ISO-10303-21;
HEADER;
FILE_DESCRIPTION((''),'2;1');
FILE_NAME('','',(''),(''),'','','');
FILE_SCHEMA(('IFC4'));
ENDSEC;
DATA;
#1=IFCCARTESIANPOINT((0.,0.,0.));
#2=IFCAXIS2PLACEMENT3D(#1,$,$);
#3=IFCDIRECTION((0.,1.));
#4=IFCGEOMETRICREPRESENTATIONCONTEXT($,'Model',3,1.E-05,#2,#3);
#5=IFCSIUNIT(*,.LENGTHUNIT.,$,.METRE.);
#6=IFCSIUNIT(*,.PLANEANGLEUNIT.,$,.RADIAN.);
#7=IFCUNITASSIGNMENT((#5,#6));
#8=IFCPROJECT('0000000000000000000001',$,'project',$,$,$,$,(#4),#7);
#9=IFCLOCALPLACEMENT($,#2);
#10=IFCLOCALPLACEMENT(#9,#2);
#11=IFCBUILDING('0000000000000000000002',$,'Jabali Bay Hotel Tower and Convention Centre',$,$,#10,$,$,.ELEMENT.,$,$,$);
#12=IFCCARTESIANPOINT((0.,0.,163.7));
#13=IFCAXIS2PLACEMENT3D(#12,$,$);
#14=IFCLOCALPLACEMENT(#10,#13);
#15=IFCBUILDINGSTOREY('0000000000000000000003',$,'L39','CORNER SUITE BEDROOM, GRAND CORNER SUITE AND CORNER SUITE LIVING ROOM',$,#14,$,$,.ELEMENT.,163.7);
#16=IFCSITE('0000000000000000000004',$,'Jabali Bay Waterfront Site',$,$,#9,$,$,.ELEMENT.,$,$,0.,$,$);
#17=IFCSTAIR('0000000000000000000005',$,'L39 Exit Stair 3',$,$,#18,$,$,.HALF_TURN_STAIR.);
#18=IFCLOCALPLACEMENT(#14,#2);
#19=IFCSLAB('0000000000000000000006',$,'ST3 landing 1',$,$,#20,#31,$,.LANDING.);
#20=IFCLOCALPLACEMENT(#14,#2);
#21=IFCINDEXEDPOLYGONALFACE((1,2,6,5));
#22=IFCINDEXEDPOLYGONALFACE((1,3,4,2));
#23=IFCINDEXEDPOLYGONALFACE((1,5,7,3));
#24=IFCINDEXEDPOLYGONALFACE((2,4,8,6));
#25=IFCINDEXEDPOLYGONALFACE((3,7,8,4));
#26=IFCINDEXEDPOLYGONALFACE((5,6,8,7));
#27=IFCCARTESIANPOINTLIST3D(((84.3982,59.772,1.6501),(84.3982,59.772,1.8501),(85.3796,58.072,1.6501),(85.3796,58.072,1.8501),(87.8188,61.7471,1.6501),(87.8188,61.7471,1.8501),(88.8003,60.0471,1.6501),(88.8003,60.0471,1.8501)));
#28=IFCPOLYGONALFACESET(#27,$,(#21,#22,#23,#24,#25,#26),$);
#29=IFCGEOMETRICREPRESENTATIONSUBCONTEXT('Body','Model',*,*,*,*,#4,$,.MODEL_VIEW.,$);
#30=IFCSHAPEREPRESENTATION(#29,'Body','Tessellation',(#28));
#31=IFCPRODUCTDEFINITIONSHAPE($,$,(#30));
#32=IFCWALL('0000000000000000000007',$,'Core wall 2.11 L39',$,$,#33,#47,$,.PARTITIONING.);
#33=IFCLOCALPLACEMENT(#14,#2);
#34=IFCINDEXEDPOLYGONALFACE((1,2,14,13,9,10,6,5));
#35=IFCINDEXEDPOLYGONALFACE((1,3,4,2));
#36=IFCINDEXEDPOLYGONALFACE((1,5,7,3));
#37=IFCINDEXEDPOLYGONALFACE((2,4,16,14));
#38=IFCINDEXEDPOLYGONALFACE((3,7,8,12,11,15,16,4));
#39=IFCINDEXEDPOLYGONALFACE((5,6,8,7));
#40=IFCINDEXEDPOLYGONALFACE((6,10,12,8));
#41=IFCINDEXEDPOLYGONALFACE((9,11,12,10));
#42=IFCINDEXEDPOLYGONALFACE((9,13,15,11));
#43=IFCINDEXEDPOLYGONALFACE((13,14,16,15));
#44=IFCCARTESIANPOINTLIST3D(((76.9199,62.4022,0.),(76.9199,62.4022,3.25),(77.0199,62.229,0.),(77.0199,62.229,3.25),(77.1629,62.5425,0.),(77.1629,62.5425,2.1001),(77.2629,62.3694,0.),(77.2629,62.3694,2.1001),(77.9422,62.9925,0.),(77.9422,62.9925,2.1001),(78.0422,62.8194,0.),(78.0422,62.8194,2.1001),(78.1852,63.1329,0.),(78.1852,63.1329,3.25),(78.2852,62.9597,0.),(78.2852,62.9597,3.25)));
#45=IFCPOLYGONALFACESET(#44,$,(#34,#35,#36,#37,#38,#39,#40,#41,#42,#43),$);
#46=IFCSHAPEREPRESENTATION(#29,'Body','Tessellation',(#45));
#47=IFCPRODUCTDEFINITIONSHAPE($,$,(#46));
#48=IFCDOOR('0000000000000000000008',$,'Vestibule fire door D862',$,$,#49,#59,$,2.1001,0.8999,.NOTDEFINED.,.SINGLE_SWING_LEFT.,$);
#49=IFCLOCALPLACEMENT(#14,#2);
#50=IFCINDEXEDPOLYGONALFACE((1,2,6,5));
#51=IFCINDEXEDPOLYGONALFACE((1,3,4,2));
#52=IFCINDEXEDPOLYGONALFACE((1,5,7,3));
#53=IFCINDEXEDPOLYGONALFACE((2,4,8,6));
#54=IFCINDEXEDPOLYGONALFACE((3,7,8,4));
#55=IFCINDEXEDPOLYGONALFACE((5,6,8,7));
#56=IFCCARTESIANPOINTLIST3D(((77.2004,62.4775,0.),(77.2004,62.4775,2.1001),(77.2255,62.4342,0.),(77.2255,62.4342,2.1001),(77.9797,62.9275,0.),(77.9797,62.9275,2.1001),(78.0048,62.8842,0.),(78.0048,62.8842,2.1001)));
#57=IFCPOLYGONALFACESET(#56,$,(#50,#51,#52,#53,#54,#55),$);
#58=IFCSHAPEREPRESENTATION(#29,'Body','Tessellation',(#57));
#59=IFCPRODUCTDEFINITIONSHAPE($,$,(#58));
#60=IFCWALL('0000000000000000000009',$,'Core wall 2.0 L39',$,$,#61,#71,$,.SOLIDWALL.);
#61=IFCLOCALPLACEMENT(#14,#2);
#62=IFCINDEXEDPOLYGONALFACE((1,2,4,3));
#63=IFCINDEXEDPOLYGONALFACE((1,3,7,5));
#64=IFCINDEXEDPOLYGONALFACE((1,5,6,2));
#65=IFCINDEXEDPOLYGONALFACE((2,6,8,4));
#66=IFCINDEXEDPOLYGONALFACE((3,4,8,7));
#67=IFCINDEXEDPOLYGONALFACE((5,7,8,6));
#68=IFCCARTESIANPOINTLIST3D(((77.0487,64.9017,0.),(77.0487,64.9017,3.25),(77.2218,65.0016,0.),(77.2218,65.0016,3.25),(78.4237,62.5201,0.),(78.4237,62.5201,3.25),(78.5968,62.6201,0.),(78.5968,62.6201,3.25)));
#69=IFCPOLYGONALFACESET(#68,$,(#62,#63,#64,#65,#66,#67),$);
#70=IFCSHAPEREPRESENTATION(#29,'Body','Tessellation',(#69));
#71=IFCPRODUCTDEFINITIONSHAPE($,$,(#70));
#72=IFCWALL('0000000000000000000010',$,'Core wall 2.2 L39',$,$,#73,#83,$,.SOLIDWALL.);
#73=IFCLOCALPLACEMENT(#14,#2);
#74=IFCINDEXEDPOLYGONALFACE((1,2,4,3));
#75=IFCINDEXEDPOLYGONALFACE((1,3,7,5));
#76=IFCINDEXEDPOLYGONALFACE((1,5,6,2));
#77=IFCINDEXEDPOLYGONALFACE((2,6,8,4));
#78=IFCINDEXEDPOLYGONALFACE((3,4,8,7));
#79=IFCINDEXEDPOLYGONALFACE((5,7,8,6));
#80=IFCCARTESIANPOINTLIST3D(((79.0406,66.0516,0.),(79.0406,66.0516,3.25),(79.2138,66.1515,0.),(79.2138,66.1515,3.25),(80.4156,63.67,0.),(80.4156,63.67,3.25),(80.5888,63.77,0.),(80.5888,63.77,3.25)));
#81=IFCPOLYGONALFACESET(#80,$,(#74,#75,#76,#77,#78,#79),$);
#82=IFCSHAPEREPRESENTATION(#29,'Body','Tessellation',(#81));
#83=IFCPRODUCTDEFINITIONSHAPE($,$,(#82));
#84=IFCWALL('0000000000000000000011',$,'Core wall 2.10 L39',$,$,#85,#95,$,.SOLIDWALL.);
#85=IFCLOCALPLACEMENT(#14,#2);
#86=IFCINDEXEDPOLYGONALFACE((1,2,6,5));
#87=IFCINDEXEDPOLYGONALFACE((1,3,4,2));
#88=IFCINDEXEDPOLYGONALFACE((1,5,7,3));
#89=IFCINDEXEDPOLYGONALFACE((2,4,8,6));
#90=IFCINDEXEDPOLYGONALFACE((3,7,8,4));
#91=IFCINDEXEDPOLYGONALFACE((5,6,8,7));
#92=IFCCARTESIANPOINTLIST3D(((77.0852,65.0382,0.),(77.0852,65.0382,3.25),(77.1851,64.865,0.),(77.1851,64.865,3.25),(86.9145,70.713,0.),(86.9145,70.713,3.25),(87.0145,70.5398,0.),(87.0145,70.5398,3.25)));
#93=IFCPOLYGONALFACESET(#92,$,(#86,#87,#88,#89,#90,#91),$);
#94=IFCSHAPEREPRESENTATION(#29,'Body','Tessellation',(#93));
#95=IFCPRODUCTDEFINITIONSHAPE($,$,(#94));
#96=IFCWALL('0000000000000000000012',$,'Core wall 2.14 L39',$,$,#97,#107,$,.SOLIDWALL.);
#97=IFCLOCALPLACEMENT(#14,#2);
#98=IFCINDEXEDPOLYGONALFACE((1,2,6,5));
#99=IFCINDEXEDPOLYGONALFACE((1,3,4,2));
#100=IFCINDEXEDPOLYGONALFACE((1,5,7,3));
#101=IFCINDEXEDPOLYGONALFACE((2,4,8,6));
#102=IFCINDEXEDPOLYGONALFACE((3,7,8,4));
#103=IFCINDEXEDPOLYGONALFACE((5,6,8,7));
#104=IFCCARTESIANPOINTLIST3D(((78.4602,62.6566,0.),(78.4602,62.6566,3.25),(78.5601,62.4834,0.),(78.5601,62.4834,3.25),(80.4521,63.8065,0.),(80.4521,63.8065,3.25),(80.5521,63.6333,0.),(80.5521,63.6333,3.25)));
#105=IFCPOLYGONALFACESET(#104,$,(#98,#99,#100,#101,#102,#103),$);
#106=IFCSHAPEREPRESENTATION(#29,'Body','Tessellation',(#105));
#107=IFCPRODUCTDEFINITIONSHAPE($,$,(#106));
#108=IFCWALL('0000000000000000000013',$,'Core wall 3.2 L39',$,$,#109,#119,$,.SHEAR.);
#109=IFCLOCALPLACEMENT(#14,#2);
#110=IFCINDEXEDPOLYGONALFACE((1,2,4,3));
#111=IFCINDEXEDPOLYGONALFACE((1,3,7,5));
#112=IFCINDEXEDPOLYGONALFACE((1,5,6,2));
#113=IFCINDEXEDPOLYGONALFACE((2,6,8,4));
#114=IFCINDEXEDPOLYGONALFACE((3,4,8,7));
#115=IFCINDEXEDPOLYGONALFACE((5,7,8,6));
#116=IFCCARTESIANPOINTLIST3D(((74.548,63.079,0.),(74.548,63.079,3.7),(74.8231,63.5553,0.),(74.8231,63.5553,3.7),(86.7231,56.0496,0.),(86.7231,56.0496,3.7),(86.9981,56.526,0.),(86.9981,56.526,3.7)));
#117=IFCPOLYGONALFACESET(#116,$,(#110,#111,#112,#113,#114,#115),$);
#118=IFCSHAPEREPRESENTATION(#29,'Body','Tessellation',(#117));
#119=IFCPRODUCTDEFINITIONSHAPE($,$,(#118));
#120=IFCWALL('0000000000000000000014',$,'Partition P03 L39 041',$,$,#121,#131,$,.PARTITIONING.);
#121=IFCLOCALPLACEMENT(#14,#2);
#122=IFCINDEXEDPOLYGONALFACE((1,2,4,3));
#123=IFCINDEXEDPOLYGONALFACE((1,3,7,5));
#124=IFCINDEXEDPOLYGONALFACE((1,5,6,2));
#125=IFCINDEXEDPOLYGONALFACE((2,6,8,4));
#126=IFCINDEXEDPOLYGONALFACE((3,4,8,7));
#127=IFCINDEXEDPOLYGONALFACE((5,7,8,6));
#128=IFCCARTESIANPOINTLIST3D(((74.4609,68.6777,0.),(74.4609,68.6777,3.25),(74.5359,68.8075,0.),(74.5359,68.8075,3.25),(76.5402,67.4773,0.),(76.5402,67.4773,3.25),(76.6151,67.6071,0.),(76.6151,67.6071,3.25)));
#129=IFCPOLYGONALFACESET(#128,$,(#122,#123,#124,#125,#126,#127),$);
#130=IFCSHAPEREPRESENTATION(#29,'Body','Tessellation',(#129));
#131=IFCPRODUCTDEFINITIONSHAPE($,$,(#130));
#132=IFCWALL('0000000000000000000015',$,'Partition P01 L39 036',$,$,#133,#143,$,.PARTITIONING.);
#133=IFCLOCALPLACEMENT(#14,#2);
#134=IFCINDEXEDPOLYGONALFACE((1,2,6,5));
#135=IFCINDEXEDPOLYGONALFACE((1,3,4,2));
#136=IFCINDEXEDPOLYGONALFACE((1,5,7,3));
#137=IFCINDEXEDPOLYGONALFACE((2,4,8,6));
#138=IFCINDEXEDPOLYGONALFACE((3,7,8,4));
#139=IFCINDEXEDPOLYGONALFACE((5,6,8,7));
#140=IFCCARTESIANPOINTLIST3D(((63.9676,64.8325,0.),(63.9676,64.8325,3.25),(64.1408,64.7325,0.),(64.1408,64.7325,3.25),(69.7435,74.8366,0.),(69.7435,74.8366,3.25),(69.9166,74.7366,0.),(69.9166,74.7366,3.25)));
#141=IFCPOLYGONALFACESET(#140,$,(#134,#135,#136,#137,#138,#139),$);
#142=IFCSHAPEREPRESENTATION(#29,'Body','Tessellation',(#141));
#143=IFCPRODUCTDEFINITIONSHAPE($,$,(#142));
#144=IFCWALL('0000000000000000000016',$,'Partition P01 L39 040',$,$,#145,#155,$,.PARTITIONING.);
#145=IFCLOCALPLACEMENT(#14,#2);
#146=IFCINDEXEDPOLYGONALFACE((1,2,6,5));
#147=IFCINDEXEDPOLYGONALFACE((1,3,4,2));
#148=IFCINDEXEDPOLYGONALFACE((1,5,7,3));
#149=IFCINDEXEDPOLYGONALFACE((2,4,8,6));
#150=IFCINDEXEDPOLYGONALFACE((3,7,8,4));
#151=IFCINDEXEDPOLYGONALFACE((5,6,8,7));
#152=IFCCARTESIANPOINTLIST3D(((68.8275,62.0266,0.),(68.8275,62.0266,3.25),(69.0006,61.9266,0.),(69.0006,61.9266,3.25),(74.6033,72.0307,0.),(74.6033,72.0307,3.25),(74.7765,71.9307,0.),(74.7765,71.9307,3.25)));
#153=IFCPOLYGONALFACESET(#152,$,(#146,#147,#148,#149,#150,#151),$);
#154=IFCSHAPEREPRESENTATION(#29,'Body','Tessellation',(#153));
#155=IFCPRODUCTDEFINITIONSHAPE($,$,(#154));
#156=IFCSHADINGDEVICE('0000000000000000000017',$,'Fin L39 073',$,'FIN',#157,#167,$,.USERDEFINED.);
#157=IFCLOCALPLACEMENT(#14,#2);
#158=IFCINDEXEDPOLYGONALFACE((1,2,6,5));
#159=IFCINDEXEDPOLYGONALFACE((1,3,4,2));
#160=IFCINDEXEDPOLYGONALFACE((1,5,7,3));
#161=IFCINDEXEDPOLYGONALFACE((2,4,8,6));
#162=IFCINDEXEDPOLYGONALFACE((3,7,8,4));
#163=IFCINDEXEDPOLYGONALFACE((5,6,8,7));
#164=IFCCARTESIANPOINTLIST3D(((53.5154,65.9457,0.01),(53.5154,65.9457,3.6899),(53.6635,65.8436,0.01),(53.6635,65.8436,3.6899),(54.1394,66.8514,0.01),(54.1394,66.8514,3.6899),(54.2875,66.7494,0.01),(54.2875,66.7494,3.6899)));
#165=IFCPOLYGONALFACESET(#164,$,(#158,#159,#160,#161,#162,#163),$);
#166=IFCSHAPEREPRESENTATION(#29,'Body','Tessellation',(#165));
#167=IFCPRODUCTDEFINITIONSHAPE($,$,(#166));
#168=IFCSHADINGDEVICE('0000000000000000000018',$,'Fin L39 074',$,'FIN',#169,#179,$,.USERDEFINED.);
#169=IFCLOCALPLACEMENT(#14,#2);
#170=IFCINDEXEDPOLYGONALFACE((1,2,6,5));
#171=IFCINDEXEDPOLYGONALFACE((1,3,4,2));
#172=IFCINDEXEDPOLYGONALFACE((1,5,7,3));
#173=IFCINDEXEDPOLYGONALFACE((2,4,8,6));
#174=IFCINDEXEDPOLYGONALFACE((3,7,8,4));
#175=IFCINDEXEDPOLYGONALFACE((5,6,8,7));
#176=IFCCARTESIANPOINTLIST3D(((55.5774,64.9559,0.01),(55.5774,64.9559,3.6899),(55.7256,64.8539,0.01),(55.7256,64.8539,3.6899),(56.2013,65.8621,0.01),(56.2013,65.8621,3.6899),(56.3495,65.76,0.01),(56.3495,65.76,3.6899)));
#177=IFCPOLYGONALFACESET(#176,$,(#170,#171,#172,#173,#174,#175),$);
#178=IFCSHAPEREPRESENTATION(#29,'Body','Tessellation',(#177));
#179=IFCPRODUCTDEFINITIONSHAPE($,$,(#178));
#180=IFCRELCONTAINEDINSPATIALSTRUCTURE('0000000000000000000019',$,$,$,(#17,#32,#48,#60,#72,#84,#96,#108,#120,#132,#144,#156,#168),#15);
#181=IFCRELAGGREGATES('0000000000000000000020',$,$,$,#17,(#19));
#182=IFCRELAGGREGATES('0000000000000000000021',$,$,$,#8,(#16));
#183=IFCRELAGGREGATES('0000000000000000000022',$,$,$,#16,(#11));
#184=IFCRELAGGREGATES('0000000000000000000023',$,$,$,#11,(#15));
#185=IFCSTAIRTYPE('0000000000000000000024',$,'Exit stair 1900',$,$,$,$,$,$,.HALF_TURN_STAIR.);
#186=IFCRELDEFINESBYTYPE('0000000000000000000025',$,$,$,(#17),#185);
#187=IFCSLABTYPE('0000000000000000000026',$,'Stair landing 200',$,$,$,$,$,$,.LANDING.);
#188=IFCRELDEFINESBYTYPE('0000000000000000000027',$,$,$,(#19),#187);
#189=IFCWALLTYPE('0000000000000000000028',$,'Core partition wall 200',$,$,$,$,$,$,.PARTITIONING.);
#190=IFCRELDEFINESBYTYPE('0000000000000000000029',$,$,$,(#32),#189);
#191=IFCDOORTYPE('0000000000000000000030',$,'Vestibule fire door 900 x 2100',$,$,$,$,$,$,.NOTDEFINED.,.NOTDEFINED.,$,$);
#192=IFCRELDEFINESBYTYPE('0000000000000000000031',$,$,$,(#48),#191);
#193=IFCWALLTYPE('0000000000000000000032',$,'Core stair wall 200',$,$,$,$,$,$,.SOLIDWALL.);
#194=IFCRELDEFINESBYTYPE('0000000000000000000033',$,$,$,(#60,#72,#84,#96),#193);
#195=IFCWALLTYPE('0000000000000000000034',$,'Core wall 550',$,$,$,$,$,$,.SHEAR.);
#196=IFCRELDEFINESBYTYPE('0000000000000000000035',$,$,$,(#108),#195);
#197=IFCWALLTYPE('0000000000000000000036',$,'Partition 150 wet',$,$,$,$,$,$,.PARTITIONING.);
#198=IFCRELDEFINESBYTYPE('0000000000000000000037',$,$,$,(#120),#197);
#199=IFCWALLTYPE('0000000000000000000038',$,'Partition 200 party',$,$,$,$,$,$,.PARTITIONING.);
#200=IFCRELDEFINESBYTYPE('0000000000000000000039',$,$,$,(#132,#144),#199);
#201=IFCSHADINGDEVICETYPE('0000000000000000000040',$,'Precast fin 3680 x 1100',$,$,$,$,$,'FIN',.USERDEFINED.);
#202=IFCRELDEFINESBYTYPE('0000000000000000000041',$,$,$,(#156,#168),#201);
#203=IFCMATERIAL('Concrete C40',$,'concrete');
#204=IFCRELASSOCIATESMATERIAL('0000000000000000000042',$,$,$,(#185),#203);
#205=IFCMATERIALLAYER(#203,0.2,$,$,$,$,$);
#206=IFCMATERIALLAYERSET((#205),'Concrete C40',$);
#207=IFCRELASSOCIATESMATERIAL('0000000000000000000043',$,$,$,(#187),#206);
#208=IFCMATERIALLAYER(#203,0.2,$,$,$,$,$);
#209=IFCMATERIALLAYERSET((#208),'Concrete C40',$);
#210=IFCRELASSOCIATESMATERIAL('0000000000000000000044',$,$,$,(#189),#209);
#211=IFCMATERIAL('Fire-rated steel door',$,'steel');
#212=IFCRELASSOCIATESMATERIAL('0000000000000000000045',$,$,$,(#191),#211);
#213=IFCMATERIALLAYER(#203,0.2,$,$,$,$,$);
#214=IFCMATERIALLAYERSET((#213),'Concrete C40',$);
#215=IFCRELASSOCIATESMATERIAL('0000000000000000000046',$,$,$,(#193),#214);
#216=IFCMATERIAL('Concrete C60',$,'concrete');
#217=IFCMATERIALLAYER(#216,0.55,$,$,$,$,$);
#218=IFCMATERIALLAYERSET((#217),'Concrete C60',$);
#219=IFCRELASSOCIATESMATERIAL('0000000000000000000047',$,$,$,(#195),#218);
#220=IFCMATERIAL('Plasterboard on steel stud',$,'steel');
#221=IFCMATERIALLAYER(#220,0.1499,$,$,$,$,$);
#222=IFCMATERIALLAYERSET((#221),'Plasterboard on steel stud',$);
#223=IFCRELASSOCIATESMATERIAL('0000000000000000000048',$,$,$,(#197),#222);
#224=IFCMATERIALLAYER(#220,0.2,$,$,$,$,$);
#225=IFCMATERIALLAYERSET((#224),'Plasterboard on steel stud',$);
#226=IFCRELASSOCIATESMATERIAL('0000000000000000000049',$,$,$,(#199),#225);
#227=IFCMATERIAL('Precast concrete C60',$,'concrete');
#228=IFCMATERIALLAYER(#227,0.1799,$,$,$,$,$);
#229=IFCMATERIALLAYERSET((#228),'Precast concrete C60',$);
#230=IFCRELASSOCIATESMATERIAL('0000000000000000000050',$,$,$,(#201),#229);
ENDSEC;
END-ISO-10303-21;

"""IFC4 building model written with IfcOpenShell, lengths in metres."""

from ifc_helpers import new_model, si_unit, direction, frame, frame_2d, origin, place, context, subcontext, project, spatial, polyline, rectangle, outline, extrude, material, layer, layer_set, type_object, element, fill, aggregate, save


model = new_model("IFC4")

# Units and contexts
model_context = context("Model", 3, precision=1e-05, world=origin(), true_north=direction((0.0, 1.0)))
body_context = subcontext(model_context, "Body", "Model", "MODEL_VIEW")
ifc_project = project(units=[si_unit("LENGTHUNIT", "METRE"), si_unit("PLANEANGLEUNIT", "RADIAN")], contexts=[model_context])

# Site, building, storey
site_placement = place(None, origin())
site = spatial("IfcSite", under=ifc_project, at=site_placement, Name="Jabali Bay Waterfront Site", CompositionType="ELEMENT", RefElevation=0.0)
building_placement = place(site_placement, origin())
building = spatial("IfcBuilding", under=site, at=building_placement, Name="Jabali Bay Hotel Tower and Convention Centre", CompositionType="ELEMENT")
storey_placement = place(building_placement, frame((0.0, 0.0, 163.7)))
storey = spatial("IfcBuildingStorey", under=building, at=storey_placement, Name="L39", Description="CORNER SUITE BEDROOM, GRAND CORNER SUITE AND CORNER SUITE LIVING ROOM", CompositionType="ELEMENT", Elevation=163.7)

# Shared definitions
ifc_material_1 = material(Name="Concrete C60", Category="concrete")

# Shared definitions
ifc_material_2 = material(Name="Concrete C40", Category="concrete")

# Stair, slab
stair_type = type_object("IfcStairType", Name="Exit stair 1900", PredefinedType="HALF_TURN_STAIR", material=ifc_material_2)
ifc_layer_1 = layer(ifc_material_2, 0.2)
ifc_layer_set_1 = layer_set([ifc_layer_1], Name="Concrete C40")
slab_type_1 = type_object("IfcSlabType", Name="Stair landing 200", PredefinedType="LANDING", material=ifc_layer_set_1)
stair_1_placement = place(storey_placement, origin())
stair_1 = element("IfcStair", 1, at=stair_1_placement, inside=storey, type_object=stair_type, Name="L39 Exit Stair 3", PredefinedType="HALF_TURN_STAIR")
slab_1_placement = place(storey_placement, frame((0.0, 0.0, 1.6501)))
slab_1 = element("IfcSlab", 2, at=slab_1_placement, type_object=slab_type_1, Name="ST3 landing 1", PredefinedType="LANDING", context=body_context, shape_type="SweptSolid", body=[
    extrude(outline(polyline([(84.3982, 59.772), (85.3796, 58.072), (88.8003, 60.0471), (87.8188, 61.7471), (84.3982, 59.772)])), origin(), (0.0, 0.0, 1.0), 0.2),
])
aggregate(stair_1, [slab_1])

# Wall, opening, door
ifc_layer_2 = layer(ifc_material_2, 0.2)
ifc_layer_set_2 = layer_set([ifc_layer_2], Name="Concrete C40")
wall_type_1 = type_object("IfcWallType", Name="Core partition wall 200", PredefinedType="PARTITIONING", material=ifc_layer_set_2)
wall_1_placement = place(storey_placement, frame((76.97, 62.3157, 0.0), z_axis=(0.0, 0.0, 1.0), x_axis=(0.865982, 0.500074, 0.0)))
wall_1 = element("IfcWall", 3, at=wall_1_placement, inside=storey, type_object=wall_type_1, Name="Core wall 2.11 L39", PredefinedType="PARTITIONING", context=body_context, shape_type="SweptSolid", body=[
    extrude(rectangle(XDim=1.4612, YDim=0.2, at=frame_2d((0.7305, 0.0))), origin(), (0.0, 0.0, 1.0), 3.25),
])
opening_placement = place(wall_1_placement, frame((0.2805, 0.0, 0.0)))
opening = element("IfcOpeningElement", 4, at=opening_placement, cuts=wall_1, PredefinedType="OPENING", context=body_context, shape_type="SweptSolid", body=[
    extrude(rectangle(XDim=0.8999, YDim=2.1001, at=frame_2d((0.45, 1.05))), frame((0.0, 0.1104, 0.0), z_axis=(0.0, -1.0, 0.0), x_axis=(1.0, 0.0, 0.0)), (0.0, 0.0, 1.0), 0.2209),
])
ifc_material_3 = material(Name="Fire-rated steel door", Category="steel")
door_type = type_object("IfcDoorType", Name="Vestibule fire door 900 x 2100", OperationType="NOTDEFINED", PredefinedType="NOTDEFINED", material=ifc_material_3)
door_placement = place(opening_placement, origin())
door = element("IfcDoor", 5, at=door_placement, inside=storey, type_object=door_type, Name="Vestibule fire door D862", OperationType="SINGLE_SWING_LEFT", OverallHeight=2.1001, OverallWidth=0.8999, PredefinedType="NOTDEFINED", context=body_context, shape_type="SweptSolid", body=[
    extrude(rectangle(XDim=0.8999, YDim=2.1001, at=frame_2d((0.45, 1.05))), frame((0.0, 0.0249, 0.0), z_axis=(0.0, -1.0, 0.0), x_axis=(1.0, 0.0, 0.0)), (0.0, 0.0, 1.0), 0.05),
])
fill(opening, door)

# Walls
ifc_layer_3 = layer(ifc_material_2, 0.2)
ifc_layer_set_3 = layer_set([ifc_layer_3], Name="Concrete C40")
wall_type_2 = type_object("IfcWallType", Name="Core stair wall 200", PredefinedType="SOLIDWALL", material=ifc_layer_set_3)
for number, where, z_axis, x_axis, name in (
    (6, (77.1353, 64.9517, 0.0), (0.0, 0.0, 1.0), (0.499997, -0.866027, 0.0), "Core wall 2.0 L39"),
    (7, (79.1272, 66.1016, 0.0), (0.0, 0.0, 1.0), (0.499997, -0.866027, 0.0), "Core wall 2.2 L39"),
):
    element("IfcWall", number, at=place(storey_placement, frame(where, z_axis=z_axis, x_axis=x_axis)), inside=storey, type_object=wall_type_2, Name=name, PredefinedType="SOLIDWALL", context=body_context, shape_type="SweptSolid", body=[
        extrude(rectangle(XDim=2.75, YDim=0.2, at=frame_2d((1.375, 0.0))), origin(), (0.0, 0.0, 1.0), 3.25),
    ])
wall_2_placement = place(storey_placement, frame((77.1353, 64.9517, 0.0), z_axis=(0.0, 0.0, 1.0), x_axis=(0.866032, 0.499989, 0.0)))
element("IfcWall", 8, at=wall_2_placement, inside=storey, type_object=wall_type_2, Name="Core wall 2.10 L39", PredefinedType="SOLIDWALL", context=body_context, shape_type="SweptSolid", body=[
    extrude(rectangle(XDim=11.3499, YDim=0.2, at=frame_2d((5.6748, 0.0))), origin(), (0.0, 0.0, 1.0), 3.25),
])
wall_3_placement = place(storey_placement, frame((78.5103, 62.5701, 0.0), z_axis=(0.0, 0.0, 1.0), x_axis=(0.866053, 0.499952, 0.0)))
element("IfcWall", 9, at=wall_3_placement, inside=storey, type_object=wall_type_2, Name="Core wall 2.14 L39", PredefinedType="SOLIDWALL", context=body_context, shape_type="SweptSolid", body=[
    extrude(rectangle(XDim=2.3, YDim=0.2, at=frame_2d((1.1499, 0.0))), origin(), (0.0, 0.0, 1.0), 3.25),
])
ifc_layer_4 = layer(ifc_material_1, 0.55)
ifc_layer_set_4 = layer_set([ifc_layer_4], Name="Concrete C60")
wall_type_3 = type_object("IfcWallType", Name="Core wall 550", PredefinedType="SHEAR", material=ifc_layer_set_4)
wall_4_placement = place(storey_placement, frame((74.6855, 63.3171, 0.0), z_axis=(0.0, 0.0, 1.0), x_axis=(0.866025, -0.500002, 0.0)))
element("IfcWall", 10, at=wall_4_placement, inside=storey, type_object=wall_type_3, Name="Core wall 3.2 L39", PredefinedType="SHEAR", context=body_context, shape_type="SweptSolid", body=[
    extrude(rectangle(XDim=14.0586, YDim=0.55, at=frame_2d((7.0293, 0.0))), origin(), (0.0, 0.0, 1.0), 3.7),
])
ifc_material_4 = material(Name="Plasterboard on steel stud", Category="steel")
ifc_layer_5 = layer(ifc_material_4, 0.1499)
ifc_layer_set_5 = layer_set([ifc_layer_5], Name="Plasterboard on steel stud")
wall_type_4 = type_object("IfcWallType", Name="Partition 150 wet", PredefinedType="PARTITIONING", material=ifc_layer_set_5)
wall_5_placement = place(storey_placement, frame((76.5776, 67.5422, 0.0), z_axis=(0.0, 0.0, 1.0), x_axis=(-0.866038, 0.499978, 0.0)))
element("IfcWall", 11, at=wall_5_placement, inside=storey, type_object=wall_type_4, Name="Partition P03 L39 041", PredefinedType="PARTITIONING", context=body_context, shape_type="SweptSolid", body=[
    extrude(rectangle(XDim=2.4009, YDim=0.1499, at=frame_2d((1.2004, 0.0))), origin(), (0.0, 0.0, 1.0), 3.25),
])
ifc_layer_6 = layer(ifc_material_4, 0.2)
ifc_layer_set_6 = layer_set([ifc_layer_6], Name="Plasterboard on steel stud")
wall_type_5 = type_object("IfcWallType", Name="Partition 200 party", PredefinedType="PARTITIONING", material=ifc_layer_set_6)
for number, where, z_axis, x_axis, name in (
    (12, (64.0542, 64.7825, 0.0), (0.0, 0.0, 1.0), (0.499999, 0.866026, 0.0), "Partition P01 L39 036"),
    (13, (68.9141, 61.9766, 0.0), (0.0, 0.0, 1.0), (0.499999, 0.866026, 0.0), "Partition P01 L39 040"),
):
    element("IfcWall", number, at=place(storey_placement, frame(where, z_axis=z_axis, x_axis=x_axis)), inside=storey, type_object=wall_type_5, Name=name, PredefinedType="PARTITIONING", context=body_context, shape_type="SweptSolid", body=[
        extrude(rectangle(XDim=11.5518, YDim=0.2, at=frame_2d((5.7759, 0.0))), origin(), (0.0, 0.0, 1.0), 3.25),
    ])

# Shading devices
ifc_material_5 = material(Name="Precast concrete C60", Category="concrete")
ifc_layer_7 = layer(ifc_material_5, 0.1799)
ifc_layer_set_7 = layer_set([ifc_layer_7], Name="Precast concrete C60")
shading_device_type_1 = type_object("IfcShadingDeviceType", Name="Precast fin 3680 x 1100", ElementType="FIN", PredefinedType="USERDEFINED", material=ifc_layer_set_7)
shading_device_1_placement = place(storey_placement, frame((54.2134, 66.8003, 0.01), z_axis=(0.0, 0.0, 1.0), x_axis=(-0.567339, -0.823485, 0.0)))
element("IfcShadingDevice", 14, at=shading_device_1_placement, inside=storey, type_object=shading_device_type_1, Name="Fin L39 073", ObjectType="FIN", PredefinedType="USERDEFINED", context=body_context, shape_type="SweptSolid", body=[
    extrude(rectangle(XDim=1.0999, YDim=0.1799, at=frame_2d((0.5498, 0.0))), origin(), (0.0, 0.0, 1.0), 3.6799),
])
shading_device_2_placement = place(storey_placement, frame((56.2754, 65.811, 0.01), z_axis=(0.0, 0.0, 1.0), x_axis=(-0.567084, -0.82366, 0.0)))
element("IfcShadingDevice", 15, at=shading_device_2_placement, inside=storey, type_object=shading_device_type_1, Name="Fin L39 074", ObjectType="FIN", PredefinedType="USERDEFINED", context=body_context, shape_type="SweptSolid", body=[
    extrude(rectangle(XDim=1.1001, YDim=0.1799, at=frame_2d((0.55, 0.0))), origin(), (0.0, 0.0, 1.0), 3.6799),
])

save(model, "model.ifc")
